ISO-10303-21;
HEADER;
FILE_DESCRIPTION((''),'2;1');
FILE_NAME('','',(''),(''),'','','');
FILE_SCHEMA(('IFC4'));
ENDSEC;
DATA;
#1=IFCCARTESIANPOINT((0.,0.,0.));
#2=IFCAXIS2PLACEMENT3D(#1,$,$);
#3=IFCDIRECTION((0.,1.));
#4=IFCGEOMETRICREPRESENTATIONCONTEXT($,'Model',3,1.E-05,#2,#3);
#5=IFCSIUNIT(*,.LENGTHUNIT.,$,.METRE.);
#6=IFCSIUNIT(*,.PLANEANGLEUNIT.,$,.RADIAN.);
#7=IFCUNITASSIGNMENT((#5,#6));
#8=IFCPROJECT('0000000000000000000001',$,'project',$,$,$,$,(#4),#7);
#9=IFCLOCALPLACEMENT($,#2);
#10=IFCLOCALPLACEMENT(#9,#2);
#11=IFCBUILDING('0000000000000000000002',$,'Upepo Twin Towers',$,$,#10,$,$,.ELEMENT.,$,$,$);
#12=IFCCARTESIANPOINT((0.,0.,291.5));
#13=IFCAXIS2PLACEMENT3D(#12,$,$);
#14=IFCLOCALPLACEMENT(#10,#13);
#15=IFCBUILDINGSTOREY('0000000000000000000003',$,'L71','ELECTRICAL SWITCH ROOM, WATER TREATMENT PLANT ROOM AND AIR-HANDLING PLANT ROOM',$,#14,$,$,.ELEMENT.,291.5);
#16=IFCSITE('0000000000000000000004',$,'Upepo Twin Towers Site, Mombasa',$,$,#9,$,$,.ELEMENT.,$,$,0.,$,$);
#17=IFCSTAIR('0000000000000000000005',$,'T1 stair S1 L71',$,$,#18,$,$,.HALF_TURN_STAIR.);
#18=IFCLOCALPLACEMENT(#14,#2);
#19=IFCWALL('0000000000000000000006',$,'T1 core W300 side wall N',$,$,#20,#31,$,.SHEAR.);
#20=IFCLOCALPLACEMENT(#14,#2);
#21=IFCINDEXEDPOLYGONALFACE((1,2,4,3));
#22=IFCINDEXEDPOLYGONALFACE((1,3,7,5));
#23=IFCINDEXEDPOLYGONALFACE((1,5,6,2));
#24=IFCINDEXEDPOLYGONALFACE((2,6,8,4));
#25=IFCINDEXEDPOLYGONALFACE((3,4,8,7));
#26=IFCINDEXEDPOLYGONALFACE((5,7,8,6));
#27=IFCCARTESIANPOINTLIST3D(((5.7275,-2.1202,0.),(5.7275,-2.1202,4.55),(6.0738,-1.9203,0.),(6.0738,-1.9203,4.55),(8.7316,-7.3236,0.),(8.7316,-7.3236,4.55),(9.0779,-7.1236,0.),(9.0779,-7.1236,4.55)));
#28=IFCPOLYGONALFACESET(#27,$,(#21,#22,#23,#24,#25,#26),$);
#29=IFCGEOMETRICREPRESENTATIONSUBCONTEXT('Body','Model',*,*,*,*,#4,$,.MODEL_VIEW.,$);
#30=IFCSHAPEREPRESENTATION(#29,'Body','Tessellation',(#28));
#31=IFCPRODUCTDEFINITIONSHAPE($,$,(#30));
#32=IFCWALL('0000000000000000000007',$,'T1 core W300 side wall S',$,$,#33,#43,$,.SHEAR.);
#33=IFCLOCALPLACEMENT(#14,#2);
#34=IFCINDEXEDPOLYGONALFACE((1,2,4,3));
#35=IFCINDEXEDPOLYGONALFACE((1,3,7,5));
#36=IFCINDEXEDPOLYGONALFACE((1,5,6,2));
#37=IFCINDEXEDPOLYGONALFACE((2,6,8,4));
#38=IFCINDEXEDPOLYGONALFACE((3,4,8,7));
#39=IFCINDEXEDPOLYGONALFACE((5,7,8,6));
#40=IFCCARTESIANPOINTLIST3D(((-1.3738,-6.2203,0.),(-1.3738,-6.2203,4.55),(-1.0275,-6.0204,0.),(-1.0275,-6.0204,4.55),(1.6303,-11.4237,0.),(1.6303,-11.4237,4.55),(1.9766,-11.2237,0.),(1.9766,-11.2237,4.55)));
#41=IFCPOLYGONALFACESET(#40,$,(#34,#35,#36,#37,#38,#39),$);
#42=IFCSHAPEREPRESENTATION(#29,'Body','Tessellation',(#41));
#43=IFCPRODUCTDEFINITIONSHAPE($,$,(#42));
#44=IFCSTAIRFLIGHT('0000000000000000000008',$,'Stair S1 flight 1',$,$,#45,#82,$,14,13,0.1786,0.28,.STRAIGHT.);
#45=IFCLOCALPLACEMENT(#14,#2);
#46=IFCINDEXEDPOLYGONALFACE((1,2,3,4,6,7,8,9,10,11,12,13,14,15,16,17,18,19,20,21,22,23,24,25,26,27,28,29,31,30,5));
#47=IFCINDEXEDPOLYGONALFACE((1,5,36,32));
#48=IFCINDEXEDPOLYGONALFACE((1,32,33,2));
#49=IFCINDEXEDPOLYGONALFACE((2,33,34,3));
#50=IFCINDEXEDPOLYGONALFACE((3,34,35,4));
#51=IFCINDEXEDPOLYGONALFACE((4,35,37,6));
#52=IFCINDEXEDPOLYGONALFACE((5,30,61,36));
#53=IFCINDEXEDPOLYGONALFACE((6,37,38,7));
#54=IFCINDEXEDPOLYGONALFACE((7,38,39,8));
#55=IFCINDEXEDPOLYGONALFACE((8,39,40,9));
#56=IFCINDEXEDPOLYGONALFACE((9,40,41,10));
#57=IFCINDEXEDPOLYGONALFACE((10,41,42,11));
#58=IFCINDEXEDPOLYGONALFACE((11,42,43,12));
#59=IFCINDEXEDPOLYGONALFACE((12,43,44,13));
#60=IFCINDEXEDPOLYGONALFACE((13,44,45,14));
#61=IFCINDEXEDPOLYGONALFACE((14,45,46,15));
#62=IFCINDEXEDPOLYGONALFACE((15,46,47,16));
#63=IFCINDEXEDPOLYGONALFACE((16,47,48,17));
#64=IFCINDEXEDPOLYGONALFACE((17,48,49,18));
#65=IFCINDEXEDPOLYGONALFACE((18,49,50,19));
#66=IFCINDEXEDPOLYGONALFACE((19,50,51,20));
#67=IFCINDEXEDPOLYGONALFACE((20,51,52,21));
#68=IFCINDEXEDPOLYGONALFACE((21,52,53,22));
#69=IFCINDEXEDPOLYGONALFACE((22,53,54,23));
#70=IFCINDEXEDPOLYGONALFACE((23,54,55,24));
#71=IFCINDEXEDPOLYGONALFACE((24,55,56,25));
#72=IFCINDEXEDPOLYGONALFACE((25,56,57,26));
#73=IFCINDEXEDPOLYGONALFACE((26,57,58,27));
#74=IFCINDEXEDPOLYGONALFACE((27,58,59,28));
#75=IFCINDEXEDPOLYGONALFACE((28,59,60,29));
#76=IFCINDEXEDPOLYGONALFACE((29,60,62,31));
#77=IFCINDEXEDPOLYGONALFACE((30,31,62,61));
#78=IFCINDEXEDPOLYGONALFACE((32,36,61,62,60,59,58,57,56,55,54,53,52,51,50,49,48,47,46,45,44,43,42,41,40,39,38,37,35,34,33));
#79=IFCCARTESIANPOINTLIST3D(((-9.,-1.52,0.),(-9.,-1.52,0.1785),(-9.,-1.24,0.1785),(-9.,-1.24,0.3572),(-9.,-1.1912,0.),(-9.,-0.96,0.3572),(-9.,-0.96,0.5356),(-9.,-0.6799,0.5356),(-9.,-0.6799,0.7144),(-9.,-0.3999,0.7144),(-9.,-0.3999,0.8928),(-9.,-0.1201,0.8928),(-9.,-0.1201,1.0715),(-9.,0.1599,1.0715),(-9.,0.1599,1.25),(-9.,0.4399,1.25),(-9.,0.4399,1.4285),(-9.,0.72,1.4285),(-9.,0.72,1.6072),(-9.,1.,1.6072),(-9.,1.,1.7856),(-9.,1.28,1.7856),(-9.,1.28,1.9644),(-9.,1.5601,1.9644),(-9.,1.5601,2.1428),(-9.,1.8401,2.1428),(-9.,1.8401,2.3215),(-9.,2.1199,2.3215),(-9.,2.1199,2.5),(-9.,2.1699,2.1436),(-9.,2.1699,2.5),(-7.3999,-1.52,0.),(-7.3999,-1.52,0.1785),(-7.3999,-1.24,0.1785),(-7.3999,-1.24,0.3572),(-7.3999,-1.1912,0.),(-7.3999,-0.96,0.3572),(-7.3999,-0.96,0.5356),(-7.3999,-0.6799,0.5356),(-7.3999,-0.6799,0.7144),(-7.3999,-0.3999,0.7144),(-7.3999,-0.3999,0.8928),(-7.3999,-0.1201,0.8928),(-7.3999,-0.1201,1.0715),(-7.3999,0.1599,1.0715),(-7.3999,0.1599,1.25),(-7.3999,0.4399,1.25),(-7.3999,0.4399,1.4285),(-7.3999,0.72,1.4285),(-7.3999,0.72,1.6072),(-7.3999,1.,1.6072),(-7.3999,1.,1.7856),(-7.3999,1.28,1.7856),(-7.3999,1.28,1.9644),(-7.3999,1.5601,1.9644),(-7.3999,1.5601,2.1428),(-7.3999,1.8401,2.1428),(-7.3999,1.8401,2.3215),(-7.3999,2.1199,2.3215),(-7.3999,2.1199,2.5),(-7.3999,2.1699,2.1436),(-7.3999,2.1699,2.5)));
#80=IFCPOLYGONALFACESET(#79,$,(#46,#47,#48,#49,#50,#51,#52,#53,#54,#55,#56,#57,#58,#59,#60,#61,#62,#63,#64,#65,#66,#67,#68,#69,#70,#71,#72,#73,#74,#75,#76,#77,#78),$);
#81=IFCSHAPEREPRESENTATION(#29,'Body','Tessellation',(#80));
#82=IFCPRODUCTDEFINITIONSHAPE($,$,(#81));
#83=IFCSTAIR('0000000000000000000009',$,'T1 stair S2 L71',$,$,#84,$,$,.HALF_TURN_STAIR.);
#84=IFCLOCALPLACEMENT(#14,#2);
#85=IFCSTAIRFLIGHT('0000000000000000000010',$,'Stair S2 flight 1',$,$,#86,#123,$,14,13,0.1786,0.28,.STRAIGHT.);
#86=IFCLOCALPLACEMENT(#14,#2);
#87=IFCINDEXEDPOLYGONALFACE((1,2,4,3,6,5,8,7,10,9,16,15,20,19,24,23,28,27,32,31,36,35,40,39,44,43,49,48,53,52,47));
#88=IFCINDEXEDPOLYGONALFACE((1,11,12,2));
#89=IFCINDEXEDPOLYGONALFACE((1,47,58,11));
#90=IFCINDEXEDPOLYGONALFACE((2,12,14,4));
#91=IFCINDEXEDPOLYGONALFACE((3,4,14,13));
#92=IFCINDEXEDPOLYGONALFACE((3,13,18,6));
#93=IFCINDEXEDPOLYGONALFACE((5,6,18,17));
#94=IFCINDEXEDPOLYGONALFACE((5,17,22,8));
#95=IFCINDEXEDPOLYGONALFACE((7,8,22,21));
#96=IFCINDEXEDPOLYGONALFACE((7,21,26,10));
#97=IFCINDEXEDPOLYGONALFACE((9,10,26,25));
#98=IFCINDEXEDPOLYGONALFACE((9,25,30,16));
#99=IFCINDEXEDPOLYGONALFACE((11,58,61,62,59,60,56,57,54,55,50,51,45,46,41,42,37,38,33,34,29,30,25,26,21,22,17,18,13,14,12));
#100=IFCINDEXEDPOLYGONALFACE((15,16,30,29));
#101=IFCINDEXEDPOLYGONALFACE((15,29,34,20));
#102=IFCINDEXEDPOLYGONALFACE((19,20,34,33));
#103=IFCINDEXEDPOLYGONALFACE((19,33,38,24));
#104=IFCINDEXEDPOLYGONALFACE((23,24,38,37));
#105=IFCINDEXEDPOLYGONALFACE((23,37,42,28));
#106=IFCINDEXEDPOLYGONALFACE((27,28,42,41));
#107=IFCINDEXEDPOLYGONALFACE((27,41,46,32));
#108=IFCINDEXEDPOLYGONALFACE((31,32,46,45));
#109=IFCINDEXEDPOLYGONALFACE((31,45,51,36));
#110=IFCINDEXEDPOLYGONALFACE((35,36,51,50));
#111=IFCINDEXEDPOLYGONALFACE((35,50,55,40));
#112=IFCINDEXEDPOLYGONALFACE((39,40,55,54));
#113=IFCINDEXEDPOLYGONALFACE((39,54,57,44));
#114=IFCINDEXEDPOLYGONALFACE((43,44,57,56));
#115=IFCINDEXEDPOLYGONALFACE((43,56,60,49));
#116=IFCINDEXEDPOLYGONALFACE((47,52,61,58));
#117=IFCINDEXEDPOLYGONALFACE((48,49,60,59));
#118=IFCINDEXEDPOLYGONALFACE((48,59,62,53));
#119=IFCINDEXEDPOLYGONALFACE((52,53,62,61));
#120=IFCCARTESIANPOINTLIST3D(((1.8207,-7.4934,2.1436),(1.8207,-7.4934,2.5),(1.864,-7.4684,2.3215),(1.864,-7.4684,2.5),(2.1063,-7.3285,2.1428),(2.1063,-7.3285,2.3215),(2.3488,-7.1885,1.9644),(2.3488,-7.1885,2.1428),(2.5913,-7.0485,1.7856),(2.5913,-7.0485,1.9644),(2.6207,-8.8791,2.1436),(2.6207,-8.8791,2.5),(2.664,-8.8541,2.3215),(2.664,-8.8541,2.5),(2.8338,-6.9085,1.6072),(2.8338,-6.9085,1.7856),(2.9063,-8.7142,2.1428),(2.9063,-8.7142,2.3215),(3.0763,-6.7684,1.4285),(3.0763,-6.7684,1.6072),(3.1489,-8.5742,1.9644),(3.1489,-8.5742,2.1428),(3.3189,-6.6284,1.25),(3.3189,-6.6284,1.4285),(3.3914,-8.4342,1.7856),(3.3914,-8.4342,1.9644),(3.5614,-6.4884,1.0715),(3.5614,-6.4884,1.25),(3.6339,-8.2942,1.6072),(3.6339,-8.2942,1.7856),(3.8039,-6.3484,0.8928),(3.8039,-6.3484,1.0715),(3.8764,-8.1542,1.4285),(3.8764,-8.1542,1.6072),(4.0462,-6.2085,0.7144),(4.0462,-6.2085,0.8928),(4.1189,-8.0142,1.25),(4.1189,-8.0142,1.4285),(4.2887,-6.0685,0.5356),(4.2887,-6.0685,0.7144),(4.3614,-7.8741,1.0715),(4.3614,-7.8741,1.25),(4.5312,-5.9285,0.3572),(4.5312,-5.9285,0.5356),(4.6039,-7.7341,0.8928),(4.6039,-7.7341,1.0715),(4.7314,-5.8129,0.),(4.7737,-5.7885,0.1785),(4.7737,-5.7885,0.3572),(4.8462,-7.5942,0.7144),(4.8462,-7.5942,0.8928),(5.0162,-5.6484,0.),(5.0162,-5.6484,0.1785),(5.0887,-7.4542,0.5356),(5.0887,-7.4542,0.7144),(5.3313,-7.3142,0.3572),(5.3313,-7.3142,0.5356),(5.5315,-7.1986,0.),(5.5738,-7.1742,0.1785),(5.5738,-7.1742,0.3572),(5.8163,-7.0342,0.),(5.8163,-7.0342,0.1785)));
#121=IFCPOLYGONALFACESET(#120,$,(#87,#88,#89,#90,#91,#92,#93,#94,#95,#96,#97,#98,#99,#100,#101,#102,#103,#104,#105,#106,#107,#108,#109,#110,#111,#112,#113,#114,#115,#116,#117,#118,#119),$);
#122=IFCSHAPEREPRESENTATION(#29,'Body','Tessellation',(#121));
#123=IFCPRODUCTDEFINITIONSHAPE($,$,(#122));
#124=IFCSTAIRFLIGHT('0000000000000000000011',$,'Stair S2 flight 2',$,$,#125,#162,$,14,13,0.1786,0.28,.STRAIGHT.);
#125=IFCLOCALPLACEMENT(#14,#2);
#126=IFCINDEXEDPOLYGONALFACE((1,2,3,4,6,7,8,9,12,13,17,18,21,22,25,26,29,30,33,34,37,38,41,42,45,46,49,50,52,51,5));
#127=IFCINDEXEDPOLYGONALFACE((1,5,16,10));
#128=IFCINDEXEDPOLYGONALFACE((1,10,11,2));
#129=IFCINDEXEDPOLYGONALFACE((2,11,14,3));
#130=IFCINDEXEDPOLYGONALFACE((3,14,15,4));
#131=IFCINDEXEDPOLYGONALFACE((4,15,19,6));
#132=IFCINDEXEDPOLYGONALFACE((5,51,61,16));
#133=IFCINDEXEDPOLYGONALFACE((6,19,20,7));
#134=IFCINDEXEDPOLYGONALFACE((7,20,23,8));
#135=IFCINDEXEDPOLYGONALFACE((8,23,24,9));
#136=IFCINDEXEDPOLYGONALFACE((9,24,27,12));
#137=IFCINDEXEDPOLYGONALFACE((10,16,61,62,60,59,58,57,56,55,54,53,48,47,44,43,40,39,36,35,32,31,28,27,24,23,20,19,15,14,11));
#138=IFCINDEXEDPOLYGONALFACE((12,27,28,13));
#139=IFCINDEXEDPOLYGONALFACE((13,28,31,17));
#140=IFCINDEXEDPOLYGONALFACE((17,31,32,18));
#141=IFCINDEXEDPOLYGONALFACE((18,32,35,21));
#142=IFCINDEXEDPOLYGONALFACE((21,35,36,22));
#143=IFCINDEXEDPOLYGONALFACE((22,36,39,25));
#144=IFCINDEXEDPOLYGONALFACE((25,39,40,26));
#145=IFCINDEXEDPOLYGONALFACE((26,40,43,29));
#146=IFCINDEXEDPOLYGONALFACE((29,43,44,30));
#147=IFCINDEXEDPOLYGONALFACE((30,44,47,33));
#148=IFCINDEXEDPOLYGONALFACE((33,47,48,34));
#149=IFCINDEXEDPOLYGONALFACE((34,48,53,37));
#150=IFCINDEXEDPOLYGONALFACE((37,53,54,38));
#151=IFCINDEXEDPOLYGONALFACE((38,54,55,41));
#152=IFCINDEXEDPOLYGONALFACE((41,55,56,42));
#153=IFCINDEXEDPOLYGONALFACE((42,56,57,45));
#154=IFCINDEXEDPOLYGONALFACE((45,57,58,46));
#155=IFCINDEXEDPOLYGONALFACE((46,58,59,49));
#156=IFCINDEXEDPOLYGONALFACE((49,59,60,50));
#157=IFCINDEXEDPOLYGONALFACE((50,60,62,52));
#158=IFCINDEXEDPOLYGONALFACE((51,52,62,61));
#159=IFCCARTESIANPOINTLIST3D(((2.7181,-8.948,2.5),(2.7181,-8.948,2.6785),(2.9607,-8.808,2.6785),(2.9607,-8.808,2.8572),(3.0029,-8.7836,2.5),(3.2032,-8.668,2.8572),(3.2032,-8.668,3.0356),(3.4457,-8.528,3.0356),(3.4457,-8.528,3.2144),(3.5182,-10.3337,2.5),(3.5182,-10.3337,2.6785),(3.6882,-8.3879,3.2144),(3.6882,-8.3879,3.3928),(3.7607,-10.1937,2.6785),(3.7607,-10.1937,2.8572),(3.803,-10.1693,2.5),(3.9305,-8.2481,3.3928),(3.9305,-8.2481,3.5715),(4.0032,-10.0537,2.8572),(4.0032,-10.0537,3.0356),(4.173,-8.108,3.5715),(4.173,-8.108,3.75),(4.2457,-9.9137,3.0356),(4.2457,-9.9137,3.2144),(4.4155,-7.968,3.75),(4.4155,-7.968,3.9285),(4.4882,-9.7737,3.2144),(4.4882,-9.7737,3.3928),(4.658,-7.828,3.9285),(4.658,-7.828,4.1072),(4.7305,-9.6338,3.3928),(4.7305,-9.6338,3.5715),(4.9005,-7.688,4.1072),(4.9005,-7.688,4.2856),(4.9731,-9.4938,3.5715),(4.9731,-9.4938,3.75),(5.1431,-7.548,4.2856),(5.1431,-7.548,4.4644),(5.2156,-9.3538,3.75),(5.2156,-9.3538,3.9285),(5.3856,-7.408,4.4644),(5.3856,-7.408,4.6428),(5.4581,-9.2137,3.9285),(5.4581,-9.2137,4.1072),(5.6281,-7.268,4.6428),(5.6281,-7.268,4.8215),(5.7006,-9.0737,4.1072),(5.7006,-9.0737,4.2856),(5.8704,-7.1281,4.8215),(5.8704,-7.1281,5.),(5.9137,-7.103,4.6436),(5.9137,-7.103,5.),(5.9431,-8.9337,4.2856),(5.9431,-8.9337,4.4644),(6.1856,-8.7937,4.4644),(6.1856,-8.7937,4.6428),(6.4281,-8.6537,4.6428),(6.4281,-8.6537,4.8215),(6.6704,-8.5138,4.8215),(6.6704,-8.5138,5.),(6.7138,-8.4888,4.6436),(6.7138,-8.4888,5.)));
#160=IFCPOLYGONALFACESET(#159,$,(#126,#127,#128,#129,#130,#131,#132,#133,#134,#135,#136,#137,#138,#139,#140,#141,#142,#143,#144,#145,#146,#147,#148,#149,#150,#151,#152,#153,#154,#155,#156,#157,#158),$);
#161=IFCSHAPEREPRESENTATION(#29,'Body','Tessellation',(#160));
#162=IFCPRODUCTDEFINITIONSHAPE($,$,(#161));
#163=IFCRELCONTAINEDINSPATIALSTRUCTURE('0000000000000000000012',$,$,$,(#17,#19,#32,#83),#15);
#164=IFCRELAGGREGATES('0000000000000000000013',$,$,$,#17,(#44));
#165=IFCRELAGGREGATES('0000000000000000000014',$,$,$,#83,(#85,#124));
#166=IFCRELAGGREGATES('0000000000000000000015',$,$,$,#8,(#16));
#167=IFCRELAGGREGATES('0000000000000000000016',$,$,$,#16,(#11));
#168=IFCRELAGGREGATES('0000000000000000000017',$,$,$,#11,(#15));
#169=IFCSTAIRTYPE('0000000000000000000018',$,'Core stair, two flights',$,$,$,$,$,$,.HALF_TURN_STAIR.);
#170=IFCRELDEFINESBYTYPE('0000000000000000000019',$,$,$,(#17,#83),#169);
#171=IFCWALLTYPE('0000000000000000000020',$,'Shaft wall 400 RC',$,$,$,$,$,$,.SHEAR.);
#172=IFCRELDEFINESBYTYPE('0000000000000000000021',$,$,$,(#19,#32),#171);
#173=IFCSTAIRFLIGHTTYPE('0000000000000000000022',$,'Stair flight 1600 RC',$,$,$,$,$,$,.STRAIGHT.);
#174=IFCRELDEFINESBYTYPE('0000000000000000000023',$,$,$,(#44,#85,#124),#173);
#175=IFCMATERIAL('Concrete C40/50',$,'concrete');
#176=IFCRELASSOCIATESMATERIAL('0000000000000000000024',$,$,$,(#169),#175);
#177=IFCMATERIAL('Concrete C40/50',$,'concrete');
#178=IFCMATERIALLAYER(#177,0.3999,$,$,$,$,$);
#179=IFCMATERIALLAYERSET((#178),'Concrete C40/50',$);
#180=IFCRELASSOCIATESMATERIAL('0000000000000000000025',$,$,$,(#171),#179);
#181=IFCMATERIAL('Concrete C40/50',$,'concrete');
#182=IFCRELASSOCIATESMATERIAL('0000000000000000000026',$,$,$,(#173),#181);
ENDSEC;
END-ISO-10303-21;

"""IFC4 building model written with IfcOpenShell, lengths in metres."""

from ifc_helpers import new_model, si_unit, direction, frame, frame_2d, origin, place, context, subcontext, project, spatial, polyline, rectangle, outline, extrude, material, layer, layer_set, type_object, element, aggregate, save


model = new_model("IFC4")

# Units and contexts
model_context = context("Model", 3, precision=1e-05, world=origin(), true_north=direction((0.0, 1.0)))
body_context = subcontext(model_context, "Body", "Model", "MODEL_VIEW")
ifc_project = project(units=[si_unit("LENGTHUNIT", "METRE"), si_unit("PLANEANGLEUNIT", "RADIAN")], contexts=[model_context])

# Site, building, storey
site_placement = place(None, origin())
site = spatial("IfcSite", under=ifc_project, at=site_placement, Name="Upepo Twin Towers Site, Mombasa", CompositionType="ELEMENT", RefElevation=0.0)
building_placement = place(site_placement, origin())
building = spatial("IfcBuilding", under=site, at=building_placement, Name="Upepo Twin Towers", CompositionType="ELEMENT")
storey_placement = place(building_placement, frame((0.0, 0.0, 291.5)))
storey = spatial("IfcBuildingStorey", under=building, at=storey_placement, Name="L71", Description="ELECTRICAL SWITCH ROOM, WATER TREATMENT PLANT ROOM AND AIR-HANDLING PLANT ROOM", CompositionType="ELEMENT", Elevation=291.5)

# Stair
ifc_material_1 = material(Name="Concrete C40/50", Category="concrete")
stair_type = type_object("IfcStairType", Name="Core stair, two flights", PredefinedType="HALF_TURN_STAIR", material=ifc_material_1)
stair_1_placement = place(storey_placement, origin())
stair_1 = element("IfcStair", 1, at=stair_1_placement, inside=storey, type_object=stair_type, Name="T1 stair S1 L71", PredefinedType="HALF_TURN_STAIR")

# Walls
ifc_material_2 = material(Name="Concrete C40/50", Category="concrete")
ifc_layer_1 = layer(ifc_material_2, 0.3999)
ifc_layer_set_1 = layer_set([ifc_layer_1], Name="Concrete C40/50")
wall_type_1 = type_object("IfcWallType", Name="Shaft wall 400 RC", PredefinedType="SHEAR", material=ifc_layer_set_1)
for number, where, z_axis, x_axis, name in (
    (2, (5.9006, -2.0203, 0.0), (0.0, 0.0, 1.0), (0.499998, -0.866027, 0.0), "T1 core W300 side wall N"),
    (3, (-1.2007, -6.1204, 0.0), (0.0, 0.0, 1.0), (0.499998, -0.866027, 0.0), "T1 core W300 side wall S"),
):
    element("IfcWall", number, at=place(storey_placement, frame(where, z_axis=z_axis, x_axis=x_axis)), inside=storey, type_object=wall_type_1, Name=name, PredefinedType="SHEAR", context=body_context, shape_type="SweptSolid", body=[
        extrude(rectangle(XDim=6.0083, YDim=0.3999, at=frame_2d((3.0042, 0.0))), origin(), (0.0, 0.0, 1.0), 4.55),
    ])

# Stair flight
ifc_material_3 = material(Name="Concrete C40/50", Category="concrete")
stair_flight_type = type_object("IfcStairFlightType", Name="Stair flight 1600 RC", PredefinedType="STRAIGHT", material=ifc_material_3)
stair_flight_1_placement = place(storey_placement, frame((-8.2, -1.52, 0.0), z_axis=(0.0, 0.0, 1.0), x_axis=(0.0, 1.0, 0.0)))
stair_flight_1 = element("IfcStairFlight", 4, at=stair_flight_1_placement, type_object=stair_flight_type, Name="Stair S1 flight 1", NumberOfRisers=14, NumberOfTreads=13, PredefinedType="STRAIGHT", RiserHeight=0.1786, TreadLength=0.28, context=body_context, shape_type="SweptSolid", body=[
    extrude(outline(polyline([(0.0, 0.0), (0.0, 0.1785), (0.28, 0.1785), (0.28, 0.3572), (0.5601, 0.3572), (0.5601, 0.5356), (0.8401, 0.5356), (0.8401, 0.7144), (1.1201, 0.7144), (1.1201, 0.8928), (1.3999, 0.8928), (1.3999, 1.0715), (1.6799, 1.0715), (1.6799, 1.25), (1.96, 1.25), (1.96, 1.4285), (2.24, 1.4285), (2.24, 1.6072), (2.52, 1.6072), (2.52, 1.7856), (2.8, 1.7856), (2.8, 1.9644), (3.0801, 1.9644), (3.0801, 2.1428), (3.3601, 2.1428), (3.3601, 2.3215), (3.6399, 2.3215), (3.6399, 2.5), (3.6899, 2.5), (3.6899, 2.1436), (0.3289, 0.0), (0.0, 0.0)])), frame((0.0, 0.8, 0.0), z_axis=(0.0, -1.0, 0.0), x_axis=(1.0, 0.0, 0.0)), (0.0, 0.0, 1.0), 1.6001),
])
aggregate(stair_1, [stair_flight_1])

# Stair, stair flights
stair_2_placement = place(storey_placement, origin())
stair_2 = element("IfcStair", 5, at=stair_2_placement, inside=storey, type_object=stair_type, Name="T1 stair S2 L71", PredefinedType="HALF_TURN_STAIR")
stair_flight_2_placement = place(storey_placement, frame((5.4163, -6.3413, 0.0), z_axis=(0.0, 0.0, 1.0), x_axis=(-0.866025, -0.5, 0.0)))
stair_flight_2 = element("IfcStairFlight", 6, at=stair_flight_2_placement, type_object=stair_flight_type, Name="Stair S2 flight 1", NumberOfRisers=14, NumberOfTreads=13, PredefinedType="STRAIGHT", RiserHeight=0.1786, TreadLength=0.28, context=body_context, shape_type="SweptSolid", body=[
    extrude(outline(polyline([(0.0, 0.0), (0.0, 0.1785), (0.28, 0.1785), (0.28, 0.3572), (0.5601, 0.3572), (0.5601, 0.5356), (0.8401, 0.5356), (0.8401, 0.7144), (1.1201, 0.7144), (1.1201, 0.8928), (1.3999, 0.8928), (1.3999, 1.0715), (1.6799, 1.0715), (1.6799, 1.25), (1.96, 1.25), (1.96, 1.4285), (2.24, 1.4285), (2.24, 1.6072), (2.52, 1.6072), (2.52, 1.7856), (2.8, 1.7856), (2.8, 1.9644), (3.0801, 1.9644), (3.0801, 2.1428), (3.3601, 2.1428), (3.3601, 2.3215), (3.6399, 2.3215), (3.6399, 2.5), (3.6899, 2.5), (3.6899, 2.1436), (0.3289, 0.0), (0.0, 0.0)])), frame((0.0, 0.8, 0.0), z_axis=(0.0, -1.0, 0.0), x_axis=(1.0, 0.0, 0.0)), (0.0, 0.0, 1.0), 1.6001),
])
stair_flight_3_placement = place(storey_placement, frame((3.1182, -9.6409, 2.5), z_axis=(0.0, 0.0, 1.0), x_axis=(0.866025, 0.5, 0.0)))
stair_flight_3 = element("IfcStairFlight", 7, at=stair_flight_3_placement, type_object=stair_flight_type, Name="Stair S2 flight 2", NumberOfRisers=14, NumberOfTreads=13, PredefinedType="STRAIGHT", RiserHeight=0.1786, TreadLength=0.28, context=body_context, shape_type="SweptSolid", body=[
    extrude(outline(polyline([(0.0, 0.0), (0.0, 0.1785), (0.28, 0.1785), (0.28, 0.3572), (0.5601, 0.3572), (0.5601, 0.5356), (0.8401, 0.5356), (0.8401, 0.7144), (1.1201, 0.7144), (1.1201, 0.8928), (1.3999, 0.8928), (1.3999, 1.0715), (1.6799, 1.0715), (1.6799, 1.25), (1.96, 1.25), (1.96, 1.4285), (2.24, 1.4285), (2.24, 1.6072), (2.52, 1.6072), (2.52, 1.7856), (2.8, 1.7856), (2.8, 1.9644), (3.0801, 1.9644), (3.0801, 2.1428), (3.3601, 2.1428), (3.3601, 2.3215), (3.6399, 2.3215), (3.6399, 2.5), (3.6899, 2.5), (3.6899, 2.1436), (0.3289, 0.0), (0.0, 0.0)])), frame((0.0, 0.8, 0.0), z_axis=(0.0, -1.0, 0.0), x_axis=(1.0, 0.0, 0.0)), (0.0, 0.0, 1.0), 1.6001),
])
aggregate(stair_2, [stair_flight_2, stair_flight_3])

save(model, "model.ifc")
